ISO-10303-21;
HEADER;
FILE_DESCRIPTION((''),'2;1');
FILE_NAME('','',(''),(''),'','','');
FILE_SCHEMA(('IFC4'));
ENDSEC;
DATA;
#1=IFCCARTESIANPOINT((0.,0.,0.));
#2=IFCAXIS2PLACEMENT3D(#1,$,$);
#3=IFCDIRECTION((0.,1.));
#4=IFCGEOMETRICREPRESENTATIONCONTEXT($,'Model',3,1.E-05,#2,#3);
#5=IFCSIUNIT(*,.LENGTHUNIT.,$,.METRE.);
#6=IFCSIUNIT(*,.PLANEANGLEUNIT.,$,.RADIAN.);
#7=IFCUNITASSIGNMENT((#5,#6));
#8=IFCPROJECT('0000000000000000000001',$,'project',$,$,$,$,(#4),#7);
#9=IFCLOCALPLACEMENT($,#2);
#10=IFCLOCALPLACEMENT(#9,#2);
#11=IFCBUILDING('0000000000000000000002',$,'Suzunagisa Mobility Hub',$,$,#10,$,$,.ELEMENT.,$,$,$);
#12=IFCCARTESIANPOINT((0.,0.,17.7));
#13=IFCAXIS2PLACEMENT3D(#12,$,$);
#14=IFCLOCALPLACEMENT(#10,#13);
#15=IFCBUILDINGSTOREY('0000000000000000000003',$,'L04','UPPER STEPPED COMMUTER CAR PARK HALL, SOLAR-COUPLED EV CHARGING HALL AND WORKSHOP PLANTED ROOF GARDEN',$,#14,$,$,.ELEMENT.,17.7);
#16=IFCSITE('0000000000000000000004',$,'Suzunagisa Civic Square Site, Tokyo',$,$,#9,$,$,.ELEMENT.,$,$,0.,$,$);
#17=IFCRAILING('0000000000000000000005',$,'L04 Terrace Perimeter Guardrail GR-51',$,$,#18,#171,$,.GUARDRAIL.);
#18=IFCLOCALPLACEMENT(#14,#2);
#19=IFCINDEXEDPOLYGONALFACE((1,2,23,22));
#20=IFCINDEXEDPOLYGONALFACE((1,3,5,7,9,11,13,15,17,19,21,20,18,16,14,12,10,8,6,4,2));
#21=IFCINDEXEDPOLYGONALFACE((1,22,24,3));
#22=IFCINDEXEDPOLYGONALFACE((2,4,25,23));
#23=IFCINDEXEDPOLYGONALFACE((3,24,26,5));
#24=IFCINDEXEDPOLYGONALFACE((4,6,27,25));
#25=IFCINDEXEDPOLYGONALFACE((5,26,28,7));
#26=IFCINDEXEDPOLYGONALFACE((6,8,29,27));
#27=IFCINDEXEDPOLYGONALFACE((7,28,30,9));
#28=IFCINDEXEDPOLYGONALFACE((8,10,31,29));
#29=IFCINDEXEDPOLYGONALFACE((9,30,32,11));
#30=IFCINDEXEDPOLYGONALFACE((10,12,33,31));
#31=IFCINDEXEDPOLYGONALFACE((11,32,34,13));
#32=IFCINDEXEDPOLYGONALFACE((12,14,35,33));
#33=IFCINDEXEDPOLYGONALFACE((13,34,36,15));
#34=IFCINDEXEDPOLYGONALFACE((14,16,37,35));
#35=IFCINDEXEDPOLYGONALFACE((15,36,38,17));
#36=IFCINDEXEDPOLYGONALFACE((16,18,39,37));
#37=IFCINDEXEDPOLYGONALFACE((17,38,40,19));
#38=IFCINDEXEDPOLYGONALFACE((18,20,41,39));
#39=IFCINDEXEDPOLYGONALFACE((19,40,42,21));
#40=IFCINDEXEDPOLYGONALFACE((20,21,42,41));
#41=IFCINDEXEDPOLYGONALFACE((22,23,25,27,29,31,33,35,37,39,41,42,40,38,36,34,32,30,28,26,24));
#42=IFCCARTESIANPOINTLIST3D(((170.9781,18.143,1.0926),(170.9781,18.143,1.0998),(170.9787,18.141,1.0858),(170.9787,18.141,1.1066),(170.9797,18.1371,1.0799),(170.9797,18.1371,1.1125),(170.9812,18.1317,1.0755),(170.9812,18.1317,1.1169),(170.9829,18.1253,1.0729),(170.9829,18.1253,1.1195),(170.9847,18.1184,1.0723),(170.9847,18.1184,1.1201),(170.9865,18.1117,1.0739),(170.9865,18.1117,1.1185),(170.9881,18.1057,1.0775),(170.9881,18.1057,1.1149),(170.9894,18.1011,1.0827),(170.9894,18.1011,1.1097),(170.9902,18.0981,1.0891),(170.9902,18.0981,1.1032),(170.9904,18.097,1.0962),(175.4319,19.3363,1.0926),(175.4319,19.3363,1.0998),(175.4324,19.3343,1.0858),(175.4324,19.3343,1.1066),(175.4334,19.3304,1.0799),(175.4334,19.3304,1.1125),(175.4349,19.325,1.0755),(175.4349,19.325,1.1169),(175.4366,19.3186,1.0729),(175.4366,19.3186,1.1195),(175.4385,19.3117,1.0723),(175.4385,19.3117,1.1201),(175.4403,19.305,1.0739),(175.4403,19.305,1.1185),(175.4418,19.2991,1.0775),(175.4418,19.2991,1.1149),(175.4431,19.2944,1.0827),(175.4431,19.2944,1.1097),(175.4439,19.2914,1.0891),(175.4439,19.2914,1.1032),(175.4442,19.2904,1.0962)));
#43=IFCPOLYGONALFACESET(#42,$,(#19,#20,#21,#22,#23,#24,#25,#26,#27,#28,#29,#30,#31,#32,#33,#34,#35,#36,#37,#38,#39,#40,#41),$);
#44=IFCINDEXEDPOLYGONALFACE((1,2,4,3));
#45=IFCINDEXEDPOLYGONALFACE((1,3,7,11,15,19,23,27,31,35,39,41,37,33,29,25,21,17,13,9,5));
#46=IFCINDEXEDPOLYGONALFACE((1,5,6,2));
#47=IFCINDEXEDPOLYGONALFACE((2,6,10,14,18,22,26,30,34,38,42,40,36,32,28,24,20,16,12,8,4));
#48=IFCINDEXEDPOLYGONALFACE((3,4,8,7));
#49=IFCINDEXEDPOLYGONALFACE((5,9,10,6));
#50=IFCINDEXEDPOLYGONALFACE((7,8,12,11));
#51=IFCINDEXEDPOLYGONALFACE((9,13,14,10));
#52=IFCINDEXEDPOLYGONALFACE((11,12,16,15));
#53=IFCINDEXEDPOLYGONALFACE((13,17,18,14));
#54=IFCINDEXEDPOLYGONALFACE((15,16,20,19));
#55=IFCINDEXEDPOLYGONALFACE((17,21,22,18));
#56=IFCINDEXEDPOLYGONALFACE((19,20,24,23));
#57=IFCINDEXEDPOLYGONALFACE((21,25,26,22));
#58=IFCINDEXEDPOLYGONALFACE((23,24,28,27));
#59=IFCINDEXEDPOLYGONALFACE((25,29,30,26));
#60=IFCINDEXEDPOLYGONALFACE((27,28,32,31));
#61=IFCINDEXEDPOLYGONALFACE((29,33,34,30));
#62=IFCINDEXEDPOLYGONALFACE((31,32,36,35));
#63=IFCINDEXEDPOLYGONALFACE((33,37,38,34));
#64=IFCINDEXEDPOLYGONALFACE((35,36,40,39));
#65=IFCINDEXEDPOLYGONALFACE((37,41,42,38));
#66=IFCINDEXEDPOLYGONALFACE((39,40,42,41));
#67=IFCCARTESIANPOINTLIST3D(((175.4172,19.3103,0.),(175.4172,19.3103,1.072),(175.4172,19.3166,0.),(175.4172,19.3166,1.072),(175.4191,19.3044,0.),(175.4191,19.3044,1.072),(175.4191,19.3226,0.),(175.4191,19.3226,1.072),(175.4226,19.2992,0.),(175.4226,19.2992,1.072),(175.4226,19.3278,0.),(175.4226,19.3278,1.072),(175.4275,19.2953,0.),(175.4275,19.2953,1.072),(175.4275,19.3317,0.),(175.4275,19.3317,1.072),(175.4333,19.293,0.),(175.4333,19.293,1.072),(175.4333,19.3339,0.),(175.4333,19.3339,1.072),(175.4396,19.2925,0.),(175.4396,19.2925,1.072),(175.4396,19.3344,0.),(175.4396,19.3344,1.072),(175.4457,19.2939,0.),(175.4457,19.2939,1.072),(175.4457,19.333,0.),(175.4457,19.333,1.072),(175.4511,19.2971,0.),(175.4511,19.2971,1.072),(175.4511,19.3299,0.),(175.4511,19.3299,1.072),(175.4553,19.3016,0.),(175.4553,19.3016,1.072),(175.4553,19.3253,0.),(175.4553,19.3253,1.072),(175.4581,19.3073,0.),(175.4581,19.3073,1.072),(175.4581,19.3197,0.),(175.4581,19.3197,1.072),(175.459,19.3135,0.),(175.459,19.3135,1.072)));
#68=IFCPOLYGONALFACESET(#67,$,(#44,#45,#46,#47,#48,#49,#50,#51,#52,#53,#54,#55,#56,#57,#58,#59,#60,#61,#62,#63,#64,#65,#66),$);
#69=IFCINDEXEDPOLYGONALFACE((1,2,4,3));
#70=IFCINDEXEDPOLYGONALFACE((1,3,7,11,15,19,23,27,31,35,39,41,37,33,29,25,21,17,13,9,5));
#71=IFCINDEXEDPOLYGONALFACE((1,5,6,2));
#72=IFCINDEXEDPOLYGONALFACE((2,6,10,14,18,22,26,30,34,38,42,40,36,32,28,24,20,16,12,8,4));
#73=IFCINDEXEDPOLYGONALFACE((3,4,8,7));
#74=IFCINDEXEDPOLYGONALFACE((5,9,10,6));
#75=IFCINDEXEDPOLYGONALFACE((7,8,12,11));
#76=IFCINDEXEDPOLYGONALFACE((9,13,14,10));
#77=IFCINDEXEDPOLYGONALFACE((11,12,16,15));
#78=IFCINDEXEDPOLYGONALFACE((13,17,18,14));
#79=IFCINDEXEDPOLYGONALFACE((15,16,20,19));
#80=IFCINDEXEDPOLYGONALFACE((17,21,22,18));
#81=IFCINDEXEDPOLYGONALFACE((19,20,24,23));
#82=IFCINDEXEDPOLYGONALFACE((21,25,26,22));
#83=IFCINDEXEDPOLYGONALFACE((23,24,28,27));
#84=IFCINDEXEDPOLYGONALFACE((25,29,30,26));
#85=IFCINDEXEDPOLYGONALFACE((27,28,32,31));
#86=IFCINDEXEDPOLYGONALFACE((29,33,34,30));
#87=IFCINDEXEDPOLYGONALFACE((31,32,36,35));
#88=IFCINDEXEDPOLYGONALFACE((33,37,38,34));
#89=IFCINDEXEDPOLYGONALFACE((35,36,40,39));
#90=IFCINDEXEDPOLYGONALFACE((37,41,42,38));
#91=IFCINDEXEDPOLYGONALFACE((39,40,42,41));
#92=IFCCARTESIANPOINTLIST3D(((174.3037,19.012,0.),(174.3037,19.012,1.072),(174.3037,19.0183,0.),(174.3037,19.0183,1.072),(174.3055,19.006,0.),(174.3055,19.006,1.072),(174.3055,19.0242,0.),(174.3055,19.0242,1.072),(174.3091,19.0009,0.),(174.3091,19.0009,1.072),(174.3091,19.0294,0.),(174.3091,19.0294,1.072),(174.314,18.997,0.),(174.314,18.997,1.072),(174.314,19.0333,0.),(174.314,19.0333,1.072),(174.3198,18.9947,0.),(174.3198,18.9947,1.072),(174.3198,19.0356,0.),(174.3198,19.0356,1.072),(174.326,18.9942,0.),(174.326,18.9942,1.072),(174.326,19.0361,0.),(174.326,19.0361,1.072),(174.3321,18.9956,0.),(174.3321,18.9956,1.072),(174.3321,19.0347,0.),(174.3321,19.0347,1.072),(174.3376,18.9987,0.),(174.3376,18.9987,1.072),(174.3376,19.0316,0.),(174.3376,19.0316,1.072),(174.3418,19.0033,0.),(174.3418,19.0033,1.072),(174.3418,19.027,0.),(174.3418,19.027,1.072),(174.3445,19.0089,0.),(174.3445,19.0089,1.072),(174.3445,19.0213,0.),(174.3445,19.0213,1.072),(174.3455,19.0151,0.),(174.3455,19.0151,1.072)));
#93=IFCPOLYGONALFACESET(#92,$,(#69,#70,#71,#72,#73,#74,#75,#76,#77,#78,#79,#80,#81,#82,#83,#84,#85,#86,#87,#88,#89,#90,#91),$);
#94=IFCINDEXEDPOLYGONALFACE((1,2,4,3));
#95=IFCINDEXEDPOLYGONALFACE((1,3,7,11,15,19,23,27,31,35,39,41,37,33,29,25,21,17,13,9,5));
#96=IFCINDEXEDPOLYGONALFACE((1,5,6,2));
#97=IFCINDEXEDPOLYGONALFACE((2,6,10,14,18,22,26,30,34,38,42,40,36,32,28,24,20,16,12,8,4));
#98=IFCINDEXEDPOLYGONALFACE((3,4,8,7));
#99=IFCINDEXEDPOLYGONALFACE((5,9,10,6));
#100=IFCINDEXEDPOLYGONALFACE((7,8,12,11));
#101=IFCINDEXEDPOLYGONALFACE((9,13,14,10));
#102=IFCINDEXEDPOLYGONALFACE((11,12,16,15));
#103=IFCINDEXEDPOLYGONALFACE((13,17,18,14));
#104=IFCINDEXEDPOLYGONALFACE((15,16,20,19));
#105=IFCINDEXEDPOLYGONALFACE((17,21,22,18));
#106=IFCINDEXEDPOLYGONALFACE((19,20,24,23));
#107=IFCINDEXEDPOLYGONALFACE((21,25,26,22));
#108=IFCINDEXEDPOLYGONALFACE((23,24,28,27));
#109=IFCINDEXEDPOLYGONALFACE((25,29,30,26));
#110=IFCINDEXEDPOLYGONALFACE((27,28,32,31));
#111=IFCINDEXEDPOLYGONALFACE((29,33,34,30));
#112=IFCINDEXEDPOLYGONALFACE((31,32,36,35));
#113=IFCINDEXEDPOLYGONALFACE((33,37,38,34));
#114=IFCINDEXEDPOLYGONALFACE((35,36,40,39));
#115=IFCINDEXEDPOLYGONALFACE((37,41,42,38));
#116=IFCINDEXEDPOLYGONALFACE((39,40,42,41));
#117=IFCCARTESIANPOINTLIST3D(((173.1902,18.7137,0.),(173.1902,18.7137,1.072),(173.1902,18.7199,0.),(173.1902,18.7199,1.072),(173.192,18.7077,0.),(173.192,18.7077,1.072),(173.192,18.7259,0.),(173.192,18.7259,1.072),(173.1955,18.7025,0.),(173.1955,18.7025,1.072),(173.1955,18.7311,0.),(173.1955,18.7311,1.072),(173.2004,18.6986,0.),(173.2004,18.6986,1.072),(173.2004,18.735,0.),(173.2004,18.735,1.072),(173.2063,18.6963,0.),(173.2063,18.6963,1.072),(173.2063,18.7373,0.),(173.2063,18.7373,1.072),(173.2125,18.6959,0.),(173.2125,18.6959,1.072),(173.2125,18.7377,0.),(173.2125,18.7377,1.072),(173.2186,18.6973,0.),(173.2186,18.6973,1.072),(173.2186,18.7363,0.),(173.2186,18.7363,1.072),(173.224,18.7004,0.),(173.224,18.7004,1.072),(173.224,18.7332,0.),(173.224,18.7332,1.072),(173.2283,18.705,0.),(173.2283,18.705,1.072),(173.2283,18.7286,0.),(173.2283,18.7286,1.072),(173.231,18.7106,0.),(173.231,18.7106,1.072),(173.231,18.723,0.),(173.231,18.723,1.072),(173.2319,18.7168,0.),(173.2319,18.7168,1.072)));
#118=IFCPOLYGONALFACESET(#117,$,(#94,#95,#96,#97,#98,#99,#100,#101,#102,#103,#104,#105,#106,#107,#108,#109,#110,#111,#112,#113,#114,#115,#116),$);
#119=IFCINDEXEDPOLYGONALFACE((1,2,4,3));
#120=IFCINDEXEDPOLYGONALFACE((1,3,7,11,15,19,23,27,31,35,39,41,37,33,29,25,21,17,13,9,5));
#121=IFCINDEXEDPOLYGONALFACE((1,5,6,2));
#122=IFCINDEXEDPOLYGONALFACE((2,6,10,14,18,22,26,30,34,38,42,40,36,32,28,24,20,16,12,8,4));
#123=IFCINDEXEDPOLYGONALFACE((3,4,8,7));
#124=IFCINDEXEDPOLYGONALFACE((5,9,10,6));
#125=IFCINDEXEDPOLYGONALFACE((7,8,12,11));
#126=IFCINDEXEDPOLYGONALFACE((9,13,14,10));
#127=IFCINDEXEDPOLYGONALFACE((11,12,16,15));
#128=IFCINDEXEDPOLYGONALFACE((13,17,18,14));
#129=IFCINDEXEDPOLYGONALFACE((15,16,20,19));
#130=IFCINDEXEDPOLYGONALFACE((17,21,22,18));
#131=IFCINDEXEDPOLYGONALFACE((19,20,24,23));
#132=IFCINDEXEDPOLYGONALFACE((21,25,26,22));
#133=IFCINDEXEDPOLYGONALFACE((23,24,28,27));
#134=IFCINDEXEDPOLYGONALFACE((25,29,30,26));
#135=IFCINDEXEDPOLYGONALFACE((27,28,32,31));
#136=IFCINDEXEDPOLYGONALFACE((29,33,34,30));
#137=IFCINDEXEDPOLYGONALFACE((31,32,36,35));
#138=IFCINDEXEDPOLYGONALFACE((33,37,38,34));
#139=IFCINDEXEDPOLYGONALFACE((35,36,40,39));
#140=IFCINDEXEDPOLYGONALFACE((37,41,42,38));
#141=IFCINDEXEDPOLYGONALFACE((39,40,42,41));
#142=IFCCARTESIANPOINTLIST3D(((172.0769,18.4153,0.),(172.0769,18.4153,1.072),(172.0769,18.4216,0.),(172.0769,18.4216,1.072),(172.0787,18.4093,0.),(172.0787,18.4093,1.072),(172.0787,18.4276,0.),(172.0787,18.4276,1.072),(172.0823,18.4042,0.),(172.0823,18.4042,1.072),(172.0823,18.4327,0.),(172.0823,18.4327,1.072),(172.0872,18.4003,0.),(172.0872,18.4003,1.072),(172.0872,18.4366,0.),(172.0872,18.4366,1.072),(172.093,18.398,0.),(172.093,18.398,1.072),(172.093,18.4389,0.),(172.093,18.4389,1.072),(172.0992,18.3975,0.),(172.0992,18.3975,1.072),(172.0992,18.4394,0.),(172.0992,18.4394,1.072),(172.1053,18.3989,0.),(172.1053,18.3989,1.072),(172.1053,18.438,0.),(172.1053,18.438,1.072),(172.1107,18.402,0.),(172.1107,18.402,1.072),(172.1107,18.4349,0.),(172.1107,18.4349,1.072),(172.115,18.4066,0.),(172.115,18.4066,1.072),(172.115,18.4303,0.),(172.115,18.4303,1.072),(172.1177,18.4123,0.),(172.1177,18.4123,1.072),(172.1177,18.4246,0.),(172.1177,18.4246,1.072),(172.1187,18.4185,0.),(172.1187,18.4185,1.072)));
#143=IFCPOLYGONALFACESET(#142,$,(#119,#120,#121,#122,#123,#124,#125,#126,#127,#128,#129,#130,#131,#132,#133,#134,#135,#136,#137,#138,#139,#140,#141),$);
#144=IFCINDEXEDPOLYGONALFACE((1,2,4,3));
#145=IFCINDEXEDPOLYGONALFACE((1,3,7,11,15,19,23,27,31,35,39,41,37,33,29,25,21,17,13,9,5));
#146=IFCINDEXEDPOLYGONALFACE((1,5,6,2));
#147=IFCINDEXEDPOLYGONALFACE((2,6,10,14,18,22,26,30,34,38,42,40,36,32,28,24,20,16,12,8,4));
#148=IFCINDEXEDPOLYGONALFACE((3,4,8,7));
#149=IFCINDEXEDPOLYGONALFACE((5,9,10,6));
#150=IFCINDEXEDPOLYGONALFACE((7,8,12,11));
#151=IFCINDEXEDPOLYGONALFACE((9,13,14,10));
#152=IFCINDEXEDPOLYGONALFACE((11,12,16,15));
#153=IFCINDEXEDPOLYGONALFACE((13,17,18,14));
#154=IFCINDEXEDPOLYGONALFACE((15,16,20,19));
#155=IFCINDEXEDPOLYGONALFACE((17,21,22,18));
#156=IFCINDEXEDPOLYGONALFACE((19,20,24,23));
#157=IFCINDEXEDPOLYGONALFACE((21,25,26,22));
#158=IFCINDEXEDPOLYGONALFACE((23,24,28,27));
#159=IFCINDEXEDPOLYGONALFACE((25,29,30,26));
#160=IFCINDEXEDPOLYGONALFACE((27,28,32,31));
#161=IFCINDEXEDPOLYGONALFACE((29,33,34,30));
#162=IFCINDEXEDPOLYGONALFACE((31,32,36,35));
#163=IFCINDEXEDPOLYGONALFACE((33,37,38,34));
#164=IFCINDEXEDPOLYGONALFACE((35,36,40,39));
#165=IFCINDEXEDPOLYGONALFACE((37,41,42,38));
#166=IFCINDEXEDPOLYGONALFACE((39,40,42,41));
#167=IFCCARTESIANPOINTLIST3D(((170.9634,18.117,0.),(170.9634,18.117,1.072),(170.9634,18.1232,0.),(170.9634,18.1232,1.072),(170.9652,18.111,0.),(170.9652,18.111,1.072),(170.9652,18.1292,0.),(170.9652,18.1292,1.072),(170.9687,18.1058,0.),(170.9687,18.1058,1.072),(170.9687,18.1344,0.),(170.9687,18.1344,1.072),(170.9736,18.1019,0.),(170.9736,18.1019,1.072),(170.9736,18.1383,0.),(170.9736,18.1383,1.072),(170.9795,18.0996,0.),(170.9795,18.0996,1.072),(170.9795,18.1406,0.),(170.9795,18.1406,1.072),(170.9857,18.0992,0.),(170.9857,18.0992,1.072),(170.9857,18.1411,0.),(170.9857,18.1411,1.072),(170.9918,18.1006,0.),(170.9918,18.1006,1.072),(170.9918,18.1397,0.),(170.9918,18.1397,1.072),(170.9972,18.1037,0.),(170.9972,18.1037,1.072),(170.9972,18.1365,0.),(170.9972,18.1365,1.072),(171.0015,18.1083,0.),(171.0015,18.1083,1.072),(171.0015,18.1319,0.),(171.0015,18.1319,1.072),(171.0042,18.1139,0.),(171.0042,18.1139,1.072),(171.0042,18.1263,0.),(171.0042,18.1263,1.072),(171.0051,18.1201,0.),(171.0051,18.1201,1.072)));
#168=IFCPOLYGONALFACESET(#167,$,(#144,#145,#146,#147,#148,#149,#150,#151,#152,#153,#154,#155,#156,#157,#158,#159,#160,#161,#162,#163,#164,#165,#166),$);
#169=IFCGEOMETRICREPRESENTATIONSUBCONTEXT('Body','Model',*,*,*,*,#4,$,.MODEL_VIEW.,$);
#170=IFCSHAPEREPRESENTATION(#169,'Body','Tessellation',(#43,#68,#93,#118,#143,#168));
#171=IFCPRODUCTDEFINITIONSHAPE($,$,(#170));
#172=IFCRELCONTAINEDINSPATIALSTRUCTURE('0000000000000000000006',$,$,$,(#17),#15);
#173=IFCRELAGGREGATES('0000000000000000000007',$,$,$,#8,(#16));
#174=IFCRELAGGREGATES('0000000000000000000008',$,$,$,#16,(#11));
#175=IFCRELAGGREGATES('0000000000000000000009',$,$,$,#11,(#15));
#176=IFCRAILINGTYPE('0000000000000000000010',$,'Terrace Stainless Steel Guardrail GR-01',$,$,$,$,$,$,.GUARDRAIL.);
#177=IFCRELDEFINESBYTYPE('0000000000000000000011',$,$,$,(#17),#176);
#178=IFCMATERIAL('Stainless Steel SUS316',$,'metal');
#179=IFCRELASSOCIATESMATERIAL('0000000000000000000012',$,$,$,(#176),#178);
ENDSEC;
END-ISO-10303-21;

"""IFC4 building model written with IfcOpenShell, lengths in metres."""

from ifc_helpers import new_model, si_unit, direction, frame, origin, origin_2d, place, context, subcontext, project, spatial, circle, extrude, material, type_object, element, save


model = new_model("IFC4")

# Units and contexts
model_context = context("Model", 3, precision=1e-05, world=origin(), true_north=direction((0.0, 1.0)))
body_context = subcontext(model_context, "Body", "Model", "MODEL_VIEW")
ifc_project = project(units=[si_unit("LENGTHUNIT", "METRE"), si_unit("PLANEANGLEUNIT", "RADIAN")], contexts=[model_context])

# Site, building, storey
site_placement = place(None, origin())
site = spatial("IfcSite", under=ifc_project, at=site_placement, Name="Suzunagisa Civic Square Site, Tokyo", CompositionType="ELEMENT", RefElevation=0.0)
building_placement = place(site_placement, origin())
building = spatial("IfcBuilding", under=site, at=building_placement, Name="Suzunagisa Mobility Hub", CompositionType="ELEMENT")
storey_placement = place(building_placement, frame((0.0, 0.0, 17.7)))
storey = spatial("IfcBuildingStorey", under=building, at=storey_placement, Name="L04", Description="UPPER STEPPED COMMUTER CAR PARK HALL, SOLAR-COUPLED EV CHARGING HALL AND WORKSHOP PLANTED ROOF GARDEN", CompositionType="ELEMENT", Elevation=17.7)

# Railing
ifc_material_1 = material(Name="Stainless Steel SUS316", Category="metal")
railing_type_1 = type_object("IfcRailingType", Name="Terrace Stainless Steel Guardrail GR-01", PredefinedType="GUARDRAIL", material=ifc_material_1)
railing_1_placement = place(storey_placement, frame((175.438, 19.3135, 0.0)))
element("IfcRailing", 1, at=railing_1_placement, inside=storey, type_object=railing_type_1, Name="L04 Terrace Perimeter Guardrail GR-51", PredefinedType="GUARDRAIL", context=body_context, shape_type="SweptSolid", body=[
    extrude(circle(Radius=0.0239, at=origin_2d()), frame((0.0, 0.0, 1.0962), z_axis=(-0.965928, -0.258809, 0.0), x_axis=(0.258809, -0.965928, 0.0)), (0.0, 0.0, 1.0), 4.6108),
    extrude(circle(Radius=0.021, at=origin_2d()), origin(), (0.0, 0.0, 1.0), 1.072),
    extrude(circle(Radius=0.021, at=origin_2d()), frame((-1.1135, -0.2983, 0.0)), (0.0, 0.0, 1.0), 1.072),
    extrude(circle(Radius=0.021, at=origin_2d()), frame((-2.2271, -0.5967, 0.0)), (0.0, 0.0, 1.0), 1.072),
    extrude(circle(Radius=0.021, at=origin_2d()), frame((-3.3403, -0.895, 0.0)), (0.0, 0.0, 1.0), 1.072),
    extrude(circle(Radius=0.021, at=origin_2d()), frame((-4.4539, -1.1934, 0.0)), (0.0, 0.0, 1.0), 1.072),
])

save(model, "model.ifc")
